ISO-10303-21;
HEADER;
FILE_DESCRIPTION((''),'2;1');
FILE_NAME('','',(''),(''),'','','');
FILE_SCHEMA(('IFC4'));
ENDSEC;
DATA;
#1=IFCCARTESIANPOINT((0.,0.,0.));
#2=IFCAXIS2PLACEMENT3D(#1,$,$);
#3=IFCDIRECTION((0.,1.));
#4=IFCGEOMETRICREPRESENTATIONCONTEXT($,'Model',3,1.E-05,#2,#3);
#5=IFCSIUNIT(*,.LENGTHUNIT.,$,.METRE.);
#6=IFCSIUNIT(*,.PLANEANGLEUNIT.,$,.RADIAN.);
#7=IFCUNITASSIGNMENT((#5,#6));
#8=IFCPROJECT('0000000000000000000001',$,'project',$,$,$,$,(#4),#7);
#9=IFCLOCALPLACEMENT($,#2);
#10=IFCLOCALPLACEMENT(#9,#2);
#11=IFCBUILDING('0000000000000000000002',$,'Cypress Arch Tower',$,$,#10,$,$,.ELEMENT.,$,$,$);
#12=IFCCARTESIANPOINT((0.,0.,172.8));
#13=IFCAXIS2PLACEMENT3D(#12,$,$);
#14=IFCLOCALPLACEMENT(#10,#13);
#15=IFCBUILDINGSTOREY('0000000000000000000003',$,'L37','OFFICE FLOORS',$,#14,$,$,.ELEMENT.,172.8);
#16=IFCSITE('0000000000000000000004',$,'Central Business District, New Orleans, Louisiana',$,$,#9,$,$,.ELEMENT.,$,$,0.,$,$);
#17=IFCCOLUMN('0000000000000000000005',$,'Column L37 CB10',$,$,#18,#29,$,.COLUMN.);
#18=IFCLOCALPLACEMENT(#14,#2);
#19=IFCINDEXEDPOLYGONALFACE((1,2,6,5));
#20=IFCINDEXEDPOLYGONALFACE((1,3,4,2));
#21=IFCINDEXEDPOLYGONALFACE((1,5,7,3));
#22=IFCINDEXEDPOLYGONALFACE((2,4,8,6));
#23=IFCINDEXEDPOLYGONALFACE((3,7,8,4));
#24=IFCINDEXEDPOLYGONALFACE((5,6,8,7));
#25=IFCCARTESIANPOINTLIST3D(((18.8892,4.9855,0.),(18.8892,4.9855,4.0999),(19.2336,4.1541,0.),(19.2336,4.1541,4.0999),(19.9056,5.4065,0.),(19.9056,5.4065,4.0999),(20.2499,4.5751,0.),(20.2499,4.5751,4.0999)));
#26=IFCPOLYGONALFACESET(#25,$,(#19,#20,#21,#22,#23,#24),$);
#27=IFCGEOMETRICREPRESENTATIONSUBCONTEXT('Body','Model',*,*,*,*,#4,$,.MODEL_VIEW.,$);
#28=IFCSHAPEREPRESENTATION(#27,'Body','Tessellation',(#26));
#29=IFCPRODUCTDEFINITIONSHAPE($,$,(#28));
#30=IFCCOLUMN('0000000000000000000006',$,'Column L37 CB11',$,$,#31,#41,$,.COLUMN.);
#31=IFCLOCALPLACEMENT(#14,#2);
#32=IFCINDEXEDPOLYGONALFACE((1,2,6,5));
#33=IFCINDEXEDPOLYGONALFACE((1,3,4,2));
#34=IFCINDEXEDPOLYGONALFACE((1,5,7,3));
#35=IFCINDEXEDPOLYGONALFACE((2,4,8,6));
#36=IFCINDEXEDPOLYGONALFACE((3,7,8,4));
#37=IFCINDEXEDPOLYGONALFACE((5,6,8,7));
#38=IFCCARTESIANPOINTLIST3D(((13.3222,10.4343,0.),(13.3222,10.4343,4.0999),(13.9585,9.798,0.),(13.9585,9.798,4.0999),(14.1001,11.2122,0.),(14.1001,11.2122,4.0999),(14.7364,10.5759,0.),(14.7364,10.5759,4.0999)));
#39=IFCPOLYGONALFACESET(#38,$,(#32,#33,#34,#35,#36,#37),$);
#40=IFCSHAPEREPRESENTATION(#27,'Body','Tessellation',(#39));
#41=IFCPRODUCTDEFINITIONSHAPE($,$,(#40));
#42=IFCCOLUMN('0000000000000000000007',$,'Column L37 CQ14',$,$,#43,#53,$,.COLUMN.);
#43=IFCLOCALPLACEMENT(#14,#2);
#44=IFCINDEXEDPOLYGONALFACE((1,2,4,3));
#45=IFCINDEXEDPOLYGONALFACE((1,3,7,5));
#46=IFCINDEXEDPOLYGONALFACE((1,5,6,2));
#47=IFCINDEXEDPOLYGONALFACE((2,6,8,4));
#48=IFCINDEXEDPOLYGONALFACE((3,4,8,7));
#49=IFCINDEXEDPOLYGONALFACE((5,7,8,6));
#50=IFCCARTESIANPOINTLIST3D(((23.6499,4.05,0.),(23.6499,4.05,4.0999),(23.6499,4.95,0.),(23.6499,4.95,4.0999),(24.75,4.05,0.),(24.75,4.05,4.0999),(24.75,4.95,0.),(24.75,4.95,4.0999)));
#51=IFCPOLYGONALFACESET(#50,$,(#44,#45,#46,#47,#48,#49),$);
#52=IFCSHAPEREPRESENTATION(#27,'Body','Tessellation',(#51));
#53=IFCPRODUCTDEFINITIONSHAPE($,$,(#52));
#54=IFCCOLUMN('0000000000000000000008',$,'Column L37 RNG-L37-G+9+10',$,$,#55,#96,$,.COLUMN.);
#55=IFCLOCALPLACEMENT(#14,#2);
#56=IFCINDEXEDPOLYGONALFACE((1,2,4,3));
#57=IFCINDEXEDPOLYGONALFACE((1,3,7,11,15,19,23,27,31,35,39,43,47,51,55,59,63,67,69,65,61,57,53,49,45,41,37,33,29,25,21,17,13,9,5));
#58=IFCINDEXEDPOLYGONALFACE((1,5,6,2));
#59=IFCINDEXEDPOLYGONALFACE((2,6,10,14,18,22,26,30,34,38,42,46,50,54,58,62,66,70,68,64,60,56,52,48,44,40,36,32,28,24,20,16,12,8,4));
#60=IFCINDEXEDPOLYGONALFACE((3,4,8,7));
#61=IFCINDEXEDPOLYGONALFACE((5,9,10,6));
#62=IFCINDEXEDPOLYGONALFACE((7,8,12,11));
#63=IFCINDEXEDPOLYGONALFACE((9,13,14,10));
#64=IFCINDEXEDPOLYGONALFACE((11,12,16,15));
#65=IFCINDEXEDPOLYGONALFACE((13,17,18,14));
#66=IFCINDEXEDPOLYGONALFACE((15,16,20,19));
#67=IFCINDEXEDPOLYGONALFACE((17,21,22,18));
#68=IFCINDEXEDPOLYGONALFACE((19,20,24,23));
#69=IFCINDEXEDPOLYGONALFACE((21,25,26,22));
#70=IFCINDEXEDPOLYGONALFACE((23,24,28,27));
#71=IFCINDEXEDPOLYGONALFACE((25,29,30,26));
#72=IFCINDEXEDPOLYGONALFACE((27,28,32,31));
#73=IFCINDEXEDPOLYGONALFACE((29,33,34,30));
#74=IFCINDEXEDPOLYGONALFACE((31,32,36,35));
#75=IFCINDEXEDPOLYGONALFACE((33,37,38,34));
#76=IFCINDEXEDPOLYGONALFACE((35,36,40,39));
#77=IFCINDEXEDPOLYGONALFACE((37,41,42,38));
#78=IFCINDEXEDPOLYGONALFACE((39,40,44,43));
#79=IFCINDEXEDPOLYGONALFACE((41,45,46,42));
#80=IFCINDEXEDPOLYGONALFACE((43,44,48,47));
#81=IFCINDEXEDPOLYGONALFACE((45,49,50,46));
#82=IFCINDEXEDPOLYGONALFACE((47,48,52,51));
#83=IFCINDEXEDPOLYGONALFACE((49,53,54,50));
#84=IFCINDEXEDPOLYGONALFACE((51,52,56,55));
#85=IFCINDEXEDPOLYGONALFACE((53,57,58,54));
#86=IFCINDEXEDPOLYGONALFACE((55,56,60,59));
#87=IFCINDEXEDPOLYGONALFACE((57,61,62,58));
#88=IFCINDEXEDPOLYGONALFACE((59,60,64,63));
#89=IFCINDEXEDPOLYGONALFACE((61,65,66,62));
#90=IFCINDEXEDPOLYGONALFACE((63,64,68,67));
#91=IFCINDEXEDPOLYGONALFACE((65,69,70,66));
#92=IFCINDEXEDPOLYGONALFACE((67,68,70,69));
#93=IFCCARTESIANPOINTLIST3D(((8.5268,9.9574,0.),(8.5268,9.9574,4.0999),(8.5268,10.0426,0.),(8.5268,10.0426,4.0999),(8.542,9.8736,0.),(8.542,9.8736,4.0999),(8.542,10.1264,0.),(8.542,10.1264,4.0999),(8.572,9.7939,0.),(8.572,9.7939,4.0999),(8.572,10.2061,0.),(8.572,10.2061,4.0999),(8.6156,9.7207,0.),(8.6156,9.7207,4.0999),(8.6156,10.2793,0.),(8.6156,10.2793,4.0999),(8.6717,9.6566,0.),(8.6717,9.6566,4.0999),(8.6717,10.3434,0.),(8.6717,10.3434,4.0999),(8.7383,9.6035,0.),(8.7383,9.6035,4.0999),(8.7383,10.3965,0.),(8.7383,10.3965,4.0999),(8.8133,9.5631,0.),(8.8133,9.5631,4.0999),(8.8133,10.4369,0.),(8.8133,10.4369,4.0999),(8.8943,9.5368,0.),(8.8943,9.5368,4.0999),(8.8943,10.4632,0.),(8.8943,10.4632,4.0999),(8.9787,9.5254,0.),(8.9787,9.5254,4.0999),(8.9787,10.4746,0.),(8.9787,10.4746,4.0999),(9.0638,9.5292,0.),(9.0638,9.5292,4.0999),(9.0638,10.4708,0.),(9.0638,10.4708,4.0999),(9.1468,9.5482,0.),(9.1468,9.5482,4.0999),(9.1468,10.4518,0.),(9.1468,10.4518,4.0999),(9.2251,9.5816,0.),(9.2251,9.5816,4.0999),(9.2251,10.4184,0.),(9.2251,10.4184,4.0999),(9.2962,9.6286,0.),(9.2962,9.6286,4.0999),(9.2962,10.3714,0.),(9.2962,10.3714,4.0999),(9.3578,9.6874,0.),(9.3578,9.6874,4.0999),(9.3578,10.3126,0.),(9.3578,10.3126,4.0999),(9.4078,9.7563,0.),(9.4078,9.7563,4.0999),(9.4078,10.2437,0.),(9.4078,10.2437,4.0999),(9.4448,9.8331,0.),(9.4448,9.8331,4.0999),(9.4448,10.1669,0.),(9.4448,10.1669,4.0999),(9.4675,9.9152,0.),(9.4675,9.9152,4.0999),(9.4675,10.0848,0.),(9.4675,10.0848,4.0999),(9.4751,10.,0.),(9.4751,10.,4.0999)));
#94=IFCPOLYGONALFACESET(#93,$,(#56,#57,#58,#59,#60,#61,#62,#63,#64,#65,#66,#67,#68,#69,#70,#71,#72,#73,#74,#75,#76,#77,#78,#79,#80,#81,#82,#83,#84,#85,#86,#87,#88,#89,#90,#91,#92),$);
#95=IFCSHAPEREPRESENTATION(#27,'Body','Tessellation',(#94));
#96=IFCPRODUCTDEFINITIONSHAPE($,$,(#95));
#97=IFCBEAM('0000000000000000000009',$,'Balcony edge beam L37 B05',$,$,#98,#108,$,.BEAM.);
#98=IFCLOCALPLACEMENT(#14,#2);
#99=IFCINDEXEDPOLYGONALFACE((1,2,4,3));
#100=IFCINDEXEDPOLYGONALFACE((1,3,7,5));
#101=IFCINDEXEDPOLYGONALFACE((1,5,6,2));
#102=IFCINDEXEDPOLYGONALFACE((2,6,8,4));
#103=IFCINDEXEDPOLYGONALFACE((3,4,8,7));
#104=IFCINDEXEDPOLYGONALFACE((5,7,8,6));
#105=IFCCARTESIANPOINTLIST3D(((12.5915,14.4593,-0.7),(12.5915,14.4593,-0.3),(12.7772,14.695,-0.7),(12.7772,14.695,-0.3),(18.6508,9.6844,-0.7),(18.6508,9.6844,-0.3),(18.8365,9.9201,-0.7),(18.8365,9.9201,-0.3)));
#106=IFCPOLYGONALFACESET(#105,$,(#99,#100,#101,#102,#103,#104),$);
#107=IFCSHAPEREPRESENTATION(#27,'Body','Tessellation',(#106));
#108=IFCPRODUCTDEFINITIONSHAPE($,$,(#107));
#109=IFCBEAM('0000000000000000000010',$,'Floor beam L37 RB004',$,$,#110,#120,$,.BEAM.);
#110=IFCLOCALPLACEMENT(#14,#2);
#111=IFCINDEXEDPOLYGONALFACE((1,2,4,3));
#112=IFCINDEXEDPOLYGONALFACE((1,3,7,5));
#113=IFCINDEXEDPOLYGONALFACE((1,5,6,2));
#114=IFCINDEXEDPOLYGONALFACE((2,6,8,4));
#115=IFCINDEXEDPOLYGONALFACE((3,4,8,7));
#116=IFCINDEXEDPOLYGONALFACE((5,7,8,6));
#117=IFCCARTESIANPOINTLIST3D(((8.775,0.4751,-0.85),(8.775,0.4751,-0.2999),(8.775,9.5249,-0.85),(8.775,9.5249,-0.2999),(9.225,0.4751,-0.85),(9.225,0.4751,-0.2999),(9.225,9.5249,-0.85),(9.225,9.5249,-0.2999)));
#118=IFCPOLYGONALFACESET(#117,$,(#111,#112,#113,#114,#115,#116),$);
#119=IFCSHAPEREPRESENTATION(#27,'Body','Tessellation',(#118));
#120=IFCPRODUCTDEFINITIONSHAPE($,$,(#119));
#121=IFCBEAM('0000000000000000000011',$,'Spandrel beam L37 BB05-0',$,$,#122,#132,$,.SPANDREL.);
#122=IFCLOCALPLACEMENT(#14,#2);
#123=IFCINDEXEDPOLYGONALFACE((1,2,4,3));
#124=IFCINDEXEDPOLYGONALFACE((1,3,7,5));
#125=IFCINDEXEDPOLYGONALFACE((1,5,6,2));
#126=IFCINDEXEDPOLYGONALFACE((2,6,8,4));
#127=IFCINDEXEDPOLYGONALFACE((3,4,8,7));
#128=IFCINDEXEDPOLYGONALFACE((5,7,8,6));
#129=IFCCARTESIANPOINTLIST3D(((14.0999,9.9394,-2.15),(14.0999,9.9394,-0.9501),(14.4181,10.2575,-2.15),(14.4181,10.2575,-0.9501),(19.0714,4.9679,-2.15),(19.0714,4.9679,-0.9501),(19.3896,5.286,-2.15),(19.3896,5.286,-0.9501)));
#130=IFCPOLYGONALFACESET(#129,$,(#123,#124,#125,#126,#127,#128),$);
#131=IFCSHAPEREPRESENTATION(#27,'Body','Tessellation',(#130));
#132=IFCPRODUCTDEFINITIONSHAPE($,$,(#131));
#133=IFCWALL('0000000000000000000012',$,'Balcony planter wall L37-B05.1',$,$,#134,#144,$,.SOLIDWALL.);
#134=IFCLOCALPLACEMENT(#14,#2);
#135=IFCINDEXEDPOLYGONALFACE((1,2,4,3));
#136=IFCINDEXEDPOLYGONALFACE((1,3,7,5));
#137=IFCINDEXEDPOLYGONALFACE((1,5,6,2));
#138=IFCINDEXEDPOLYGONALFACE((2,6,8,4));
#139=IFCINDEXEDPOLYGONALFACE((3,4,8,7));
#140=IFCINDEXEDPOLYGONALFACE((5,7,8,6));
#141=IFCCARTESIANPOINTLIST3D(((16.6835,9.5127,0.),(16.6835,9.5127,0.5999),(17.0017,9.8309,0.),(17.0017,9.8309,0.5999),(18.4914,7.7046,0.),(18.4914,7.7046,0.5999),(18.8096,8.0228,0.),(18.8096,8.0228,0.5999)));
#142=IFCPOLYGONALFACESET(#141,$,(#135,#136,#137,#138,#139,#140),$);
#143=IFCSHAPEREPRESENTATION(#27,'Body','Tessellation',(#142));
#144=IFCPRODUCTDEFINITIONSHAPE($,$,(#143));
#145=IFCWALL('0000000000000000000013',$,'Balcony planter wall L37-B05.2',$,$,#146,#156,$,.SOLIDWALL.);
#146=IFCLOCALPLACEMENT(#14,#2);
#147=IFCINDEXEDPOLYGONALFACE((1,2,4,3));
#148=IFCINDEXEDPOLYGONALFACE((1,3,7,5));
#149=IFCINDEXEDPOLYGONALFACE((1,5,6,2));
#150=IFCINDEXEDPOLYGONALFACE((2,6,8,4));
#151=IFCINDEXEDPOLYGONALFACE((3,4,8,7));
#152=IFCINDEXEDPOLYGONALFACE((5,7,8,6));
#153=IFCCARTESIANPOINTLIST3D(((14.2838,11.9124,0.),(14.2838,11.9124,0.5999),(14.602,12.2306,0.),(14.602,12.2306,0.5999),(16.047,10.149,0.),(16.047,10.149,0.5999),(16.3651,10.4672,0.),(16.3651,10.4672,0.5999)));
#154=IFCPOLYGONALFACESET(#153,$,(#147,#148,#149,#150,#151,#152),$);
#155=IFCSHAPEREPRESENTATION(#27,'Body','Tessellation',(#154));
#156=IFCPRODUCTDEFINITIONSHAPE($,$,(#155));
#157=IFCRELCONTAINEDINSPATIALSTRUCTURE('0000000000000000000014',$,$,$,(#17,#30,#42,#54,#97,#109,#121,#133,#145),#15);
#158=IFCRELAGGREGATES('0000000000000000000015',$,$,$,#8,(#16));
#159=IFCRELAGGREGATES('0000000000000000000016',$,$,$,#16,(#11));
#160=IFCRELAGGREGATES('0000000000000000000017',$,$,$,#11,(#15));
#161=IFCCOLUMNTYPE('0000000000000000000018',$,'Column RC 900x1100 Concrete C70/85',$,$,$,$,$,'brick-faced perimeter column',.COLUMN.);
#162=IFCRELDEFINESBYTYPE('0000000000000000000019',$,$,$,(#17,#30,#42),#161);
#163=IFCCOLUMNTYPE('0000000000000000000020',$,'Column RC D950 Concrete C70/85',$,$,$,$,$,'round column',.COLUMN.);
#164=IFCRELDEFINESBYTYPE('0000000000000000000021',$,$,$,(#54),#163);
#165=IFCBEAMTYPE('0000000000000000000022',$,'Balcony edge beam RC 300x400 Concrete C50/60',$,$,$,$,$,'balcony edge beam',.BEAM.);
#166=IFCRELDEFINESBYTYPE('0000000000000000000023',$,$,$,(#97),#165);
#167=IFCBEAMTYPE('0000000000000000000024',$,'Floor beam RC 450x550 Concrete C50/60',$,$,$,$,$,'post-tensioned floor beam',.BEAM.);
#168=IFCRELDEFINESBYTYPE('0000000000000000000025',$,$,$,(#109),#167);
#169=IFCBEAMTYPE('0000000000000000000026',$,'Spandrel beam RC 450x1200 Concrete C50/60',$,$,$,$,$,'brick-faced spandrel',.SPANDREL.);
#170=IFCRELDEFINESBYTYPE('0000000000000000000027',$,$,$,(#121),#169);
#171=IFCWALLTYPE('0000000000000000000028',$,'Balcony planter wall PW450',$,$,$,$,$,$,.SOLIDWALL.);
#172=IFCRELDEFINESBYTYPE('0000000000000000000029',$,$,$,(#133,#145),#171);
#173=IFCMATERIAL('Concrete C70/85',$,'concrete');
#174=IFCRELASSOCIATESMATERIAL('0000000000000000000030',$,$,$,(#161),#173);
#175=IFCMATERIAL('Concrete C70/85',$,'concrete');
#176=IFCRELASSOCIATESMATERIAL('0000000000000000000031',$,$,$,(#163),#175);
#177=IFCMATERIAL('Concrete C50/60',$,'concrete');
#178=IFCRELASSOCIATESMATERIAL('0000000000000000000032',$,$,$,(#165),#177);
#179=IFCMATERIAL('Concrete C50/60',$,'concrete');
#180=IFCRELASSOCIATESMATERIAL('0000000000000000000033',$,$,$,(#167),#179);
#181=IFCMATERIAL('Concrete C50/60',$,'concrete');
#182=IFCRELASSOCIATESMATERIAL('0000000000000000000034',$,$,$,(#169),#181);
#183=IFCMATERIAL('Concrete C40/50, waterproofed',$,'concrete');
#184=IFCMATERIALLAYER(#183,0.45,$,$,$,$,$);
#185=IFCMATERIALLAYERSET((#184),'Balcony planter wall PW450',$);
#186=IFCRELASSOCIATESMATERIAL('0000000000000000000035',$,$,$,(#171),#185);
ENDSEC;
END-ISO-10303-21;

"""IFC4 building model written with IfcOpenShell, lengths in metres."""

from ifc_helpers import new_model, si_unit, direction, frame, frame_2d, origin, origin_2d, place, context, subcontext, project, spatial, rectangle, circle, extrude, material, layer, layer_set, material_profile, profile_set, type_object, element, save


model = new_model("IFC4")

# Units and contexts
model_context = context("Model", 3, precision=1e-05, world=origin(), true_north=direction((0.0, 1.0)))
body_context = subcontext(model_context, "Body", "Model", "MODEL_VIEW")
ifc_project = project(units=[si_unit("LENGTHUNIT", "METRE"), si_unit("PLANEANGLEUNIT", "RADIAN")], contexts=[model_context])

# Site, building, storey
site_placement = place(None, origin())
site = spatial("IfcSite", under=ifc_project, at=site_placement, Name="Central Business District, New Orleans, Louisiana", CompositionType="ELEMENT", RefElevation=0.0)
building_placement = place(site_placement, origin())
building = spatial("IfcBuilding", under=site, at=building_placement, Name="Cypress Arch Tower", CompositionType="ELEMENT")
storey_placement = place(building_placement, frame((0.0, 0.0, 172.8)))
storey = spatial("IfcBuildingStorey", under=building, at=storey_placement, Name="L37", Description="OFFICE FLOORS", CompositionType="ELEMENT", Elevation=172.8)

# Columns
ifc_material_1 = material(Name="Concrete C70/85", Category="concrete")
ifc_material_profile_1 = material_profile(ifc_material_1, rectangle(XDim=0.8999, YDim=1.1001, at=origin_2d()), Name="RC 900x1100")
ifc_profile_set_1 = profile_set([ifc_material_profile_1], Name="Concrete C70/85")
column_type_1 = type_object("IfcColumnType", Name="Column RC 900x1100 Concrete C70/85", ElementType="brick-faced perimeter column", PredefinedType="COLUMN", material=ifc_profile_set_1)
for number, where, z_axis, x_axis, name in (
    (1, (19.5696, 4.7803, 0.0), (0.0, 0.0, 1.0), (-0.382683, 0.92388, 0.0), "Column L37 CB10"),
    (2, (14.0293, 10.5051, 0.0), (0.0, 0.0, 1.0), (-0.707107, 0.707107, 0.0), "Column L37 CB11"),
    (3, (24.2, 4.5, 0.0), (0.0, 0.0, 1.0), (0.0, 1.0, 0.0), "Column L37 CQ14"),
):
    element("IfcColumn", number, at=place(storey_placement, frame(where, z_axis=z_axis, x_axis=x_axis)), inside=storey, type_object=column_type_1, Name=name, PredefinedType="COLUMN", context=body_context, shape_type="SweptSolid", body=[
        extrude(rectangle(XDim=0.8999, YDim=1.1001, at=origin_2d()), origin(), (0.0, 0.0, 1.0), 4.0999),
    ])
ifc_material_2 = material(Name="Concrete C70/85", Category="concrete")
ifc_material_profile_2 = material_profile(ifc_material_2, circle(Radius=0.4751, at=origin_2d()), Name="RC D950")
ifc_profile_set_2 = profile_set([ifc_material_profile_2], Name="Concrete C70/85")
column_type_2 = type_object("IfcColumnType", Name="Column RC D950 Concrete C70/85", ElementType="round column", PredefinedType="COLUMN", material=ifc_profile_set_2)
column_placement = place(storey_placement, frame((9.0, 10.0, 0.0), z_axis=(0.0, 0.0, 1.0), x_axis=(1.0, 0.0, 0.0)))
element("IfcColumn", 4, at=column_placement, inside=storey, type_object=column_type_2, Name="Column L37 RNG-L37-G+9+10", PredefinedType="COLUMN", context=body_context, shape_type="SweptSolid", body=[
    extrude(circle(Radius=0.4751, at=origin_2d()), origin(), (0.0, 0.0, 1.0), 4.0999),
])

# Beams
ifc_material_3 = material(Name="Concrete C50/60", Category="concrete")
ifc_material_profile_3 = material_profile(ifc_material_3, rectangle(XDim=0.3, YDim=0.3999, at=origin_2d()), Name="RC 300x400")
ifc_profile_set_3 = profile_set([ifc_material_profile_3], Name="Concrete C50/60")
beam_type_1 = type_object("IfcBeamType", Name="Balcony edge beam RC 300x400 Concrete C50/60", ElementType="balcony edge beam", PredefinedType="BEAM", material=ifc_profile_set_3)
beam_1_placement = place(storey_placement, frame((18.7437, 9.8022, -0.5), z_axis=(-0.785436, 0.618943, 0.0), x_axis=(-0.618943, -0.785436, 0.0)))
element("IfcBeam", 5, at=beam_1_placement, inside=storey, type_object=beam_type_1, Name="Balcony edge beam L37 B05", PredefinedType="BEAM", context=body_context, shape_type="SweptSolid", body=[
    extrude(rectangle(XDim=0.3, YDim=0.3999, at=origin_2d()), origin(), (0.0, 0.0, 1.0), 7.7146),
])
ifc_material_4 = material(Name="Concrete C50/60", Category="concrete")
ifc_material_profile_4 = material_profile(ifc_material_4, rectangle(XDim=0.45, YDim=0.55, at=origin_2d()), Name="RC 450x550")
ifc_profile_set_4 = profile_set([ifc_material_profile_4], Name="Concrete C50/60")
beam_type_2 = type_object("IfcBeamType", Name="Floor beam RC 450x550 Concrete C50/60", ElementType="post-tensioned floor beam", PredefinedType="BEAM", material=ifc_profile_set_4)
beam_2_placement = place(storey_placement, frame((9.0, 0.4751, -0.575), z_axis=(0.0, 1.0, 0.0), x_axis=(-1.0, 0.0, 0.0)))
element("IfcBeam", 6, at=beam_2_placement, inside=storey, type_object=beam_type_2, Name="Floor beam L37 RB004", PredefinedType="BEAM", context=body_context, shape_type="SweptSolid", body=[
    extrude(rectangle(XDim=0.45, YDim=0.55, at=origin_2d()), origin(), (0.0, 0.0, 1.0), 9.0498),
])
ifc_material_5 = material(Name="Concrete C50/60", Category="concrete")
ifc_material_profile_5 = material_profile(ifc_material_5, rectangle(XDim=0.45, YDim=1.2, at=origin_2d()), Name="RC 450x1200")
ifc_profile_set_5 = profile_set([ifc_material_profile_5], Name="Concrete C50/60")
beam_type_3 = type_object("IfcBeamType", Name="Spandrel beam RC 450x1200 Concrete C50/60", ElementType="brick-faced spandrel", PredefinedType="SPANDREL", material=ifc_profile_set_5)
beam_3_placement = place(storey_placement, frame((19.2305, 5.127, -1.55), z_axis=(-0.707107, 0.707107, 0.0), x_axis=(-0.707107, -0.707107, 0.0)))
element("IfcBeam", 7, at=beam_3_placement, inside=storey, type_object=beam_type_3, Name="Spandrel beam L37 BB05-0", PredefinedType="SPANDREL", context=body_context, shape_type="SweptSolid", body=[
    extrude(rectangle(XDim=0.45, YDim=1.2, at=origin_2d()), origin(), (0.0, 0.0, 1.0), 7.0308),
])

# Walls
ifc_material_6 = material(Name="Concrete C40/50, waterproofed", Category="concrete")
ifc_layer_1 = layer(ifc_material_6, 0.45)
ifc_layer_set_1 = layer_set([ifc_layer_1], Name="Balcony planter wall PW450")
wall_type_1 = type_object("IfcWallType", Name="Balcony planter wall PW450", PredefinedType="SOLIDWALL", material=ifc_layer_set_1)
wall_1_placement = place(storey_placement, frame((18.6504, 7.8638, 0.0), z_axis=(0.0, 0.0, 1.0), x_axis=(-0.707059, 0.707155, 0.0)))
element("IfcWall", 8, at=wall_1_placement, inside=storey, type_object=wall_type_1, Name="Balcony planter wall L37-B05.1", PredefinedType="SOLIDWALL", context=body_context, shape_type="SweptSolid", body=[
    extrude(rectangle(XDim=2.5569, YDim=0.45, at=frame_2d((1.2783, 0.0))), origin(), (0.0, 0.0, 1.0), 0.5999),
])
wall_2_placement = place(storey_placement, frame((16.2061, 10.3081, 0.0), z_axis=(0.0, 0.0, 1.0), x_axis=(-0.707058, 0.707156, 0.0)))
element("IfcWall", 9, at=wall_2_placement, inside=storey, type_object=wall_type_1, Name="Balcony planter wall L37-B05.2", PredefinedType="SOLIDWALL", context=body_context, shape_type="SweptSolid", body=[
    extrude(rectangle(XDim=2.4937, YDim=0.45, at=frame_2d((1.2468, 0.0))), origin(), (0.0, 0.0, 1.0), 0.5999),
])

save(model, "model.ifc")
